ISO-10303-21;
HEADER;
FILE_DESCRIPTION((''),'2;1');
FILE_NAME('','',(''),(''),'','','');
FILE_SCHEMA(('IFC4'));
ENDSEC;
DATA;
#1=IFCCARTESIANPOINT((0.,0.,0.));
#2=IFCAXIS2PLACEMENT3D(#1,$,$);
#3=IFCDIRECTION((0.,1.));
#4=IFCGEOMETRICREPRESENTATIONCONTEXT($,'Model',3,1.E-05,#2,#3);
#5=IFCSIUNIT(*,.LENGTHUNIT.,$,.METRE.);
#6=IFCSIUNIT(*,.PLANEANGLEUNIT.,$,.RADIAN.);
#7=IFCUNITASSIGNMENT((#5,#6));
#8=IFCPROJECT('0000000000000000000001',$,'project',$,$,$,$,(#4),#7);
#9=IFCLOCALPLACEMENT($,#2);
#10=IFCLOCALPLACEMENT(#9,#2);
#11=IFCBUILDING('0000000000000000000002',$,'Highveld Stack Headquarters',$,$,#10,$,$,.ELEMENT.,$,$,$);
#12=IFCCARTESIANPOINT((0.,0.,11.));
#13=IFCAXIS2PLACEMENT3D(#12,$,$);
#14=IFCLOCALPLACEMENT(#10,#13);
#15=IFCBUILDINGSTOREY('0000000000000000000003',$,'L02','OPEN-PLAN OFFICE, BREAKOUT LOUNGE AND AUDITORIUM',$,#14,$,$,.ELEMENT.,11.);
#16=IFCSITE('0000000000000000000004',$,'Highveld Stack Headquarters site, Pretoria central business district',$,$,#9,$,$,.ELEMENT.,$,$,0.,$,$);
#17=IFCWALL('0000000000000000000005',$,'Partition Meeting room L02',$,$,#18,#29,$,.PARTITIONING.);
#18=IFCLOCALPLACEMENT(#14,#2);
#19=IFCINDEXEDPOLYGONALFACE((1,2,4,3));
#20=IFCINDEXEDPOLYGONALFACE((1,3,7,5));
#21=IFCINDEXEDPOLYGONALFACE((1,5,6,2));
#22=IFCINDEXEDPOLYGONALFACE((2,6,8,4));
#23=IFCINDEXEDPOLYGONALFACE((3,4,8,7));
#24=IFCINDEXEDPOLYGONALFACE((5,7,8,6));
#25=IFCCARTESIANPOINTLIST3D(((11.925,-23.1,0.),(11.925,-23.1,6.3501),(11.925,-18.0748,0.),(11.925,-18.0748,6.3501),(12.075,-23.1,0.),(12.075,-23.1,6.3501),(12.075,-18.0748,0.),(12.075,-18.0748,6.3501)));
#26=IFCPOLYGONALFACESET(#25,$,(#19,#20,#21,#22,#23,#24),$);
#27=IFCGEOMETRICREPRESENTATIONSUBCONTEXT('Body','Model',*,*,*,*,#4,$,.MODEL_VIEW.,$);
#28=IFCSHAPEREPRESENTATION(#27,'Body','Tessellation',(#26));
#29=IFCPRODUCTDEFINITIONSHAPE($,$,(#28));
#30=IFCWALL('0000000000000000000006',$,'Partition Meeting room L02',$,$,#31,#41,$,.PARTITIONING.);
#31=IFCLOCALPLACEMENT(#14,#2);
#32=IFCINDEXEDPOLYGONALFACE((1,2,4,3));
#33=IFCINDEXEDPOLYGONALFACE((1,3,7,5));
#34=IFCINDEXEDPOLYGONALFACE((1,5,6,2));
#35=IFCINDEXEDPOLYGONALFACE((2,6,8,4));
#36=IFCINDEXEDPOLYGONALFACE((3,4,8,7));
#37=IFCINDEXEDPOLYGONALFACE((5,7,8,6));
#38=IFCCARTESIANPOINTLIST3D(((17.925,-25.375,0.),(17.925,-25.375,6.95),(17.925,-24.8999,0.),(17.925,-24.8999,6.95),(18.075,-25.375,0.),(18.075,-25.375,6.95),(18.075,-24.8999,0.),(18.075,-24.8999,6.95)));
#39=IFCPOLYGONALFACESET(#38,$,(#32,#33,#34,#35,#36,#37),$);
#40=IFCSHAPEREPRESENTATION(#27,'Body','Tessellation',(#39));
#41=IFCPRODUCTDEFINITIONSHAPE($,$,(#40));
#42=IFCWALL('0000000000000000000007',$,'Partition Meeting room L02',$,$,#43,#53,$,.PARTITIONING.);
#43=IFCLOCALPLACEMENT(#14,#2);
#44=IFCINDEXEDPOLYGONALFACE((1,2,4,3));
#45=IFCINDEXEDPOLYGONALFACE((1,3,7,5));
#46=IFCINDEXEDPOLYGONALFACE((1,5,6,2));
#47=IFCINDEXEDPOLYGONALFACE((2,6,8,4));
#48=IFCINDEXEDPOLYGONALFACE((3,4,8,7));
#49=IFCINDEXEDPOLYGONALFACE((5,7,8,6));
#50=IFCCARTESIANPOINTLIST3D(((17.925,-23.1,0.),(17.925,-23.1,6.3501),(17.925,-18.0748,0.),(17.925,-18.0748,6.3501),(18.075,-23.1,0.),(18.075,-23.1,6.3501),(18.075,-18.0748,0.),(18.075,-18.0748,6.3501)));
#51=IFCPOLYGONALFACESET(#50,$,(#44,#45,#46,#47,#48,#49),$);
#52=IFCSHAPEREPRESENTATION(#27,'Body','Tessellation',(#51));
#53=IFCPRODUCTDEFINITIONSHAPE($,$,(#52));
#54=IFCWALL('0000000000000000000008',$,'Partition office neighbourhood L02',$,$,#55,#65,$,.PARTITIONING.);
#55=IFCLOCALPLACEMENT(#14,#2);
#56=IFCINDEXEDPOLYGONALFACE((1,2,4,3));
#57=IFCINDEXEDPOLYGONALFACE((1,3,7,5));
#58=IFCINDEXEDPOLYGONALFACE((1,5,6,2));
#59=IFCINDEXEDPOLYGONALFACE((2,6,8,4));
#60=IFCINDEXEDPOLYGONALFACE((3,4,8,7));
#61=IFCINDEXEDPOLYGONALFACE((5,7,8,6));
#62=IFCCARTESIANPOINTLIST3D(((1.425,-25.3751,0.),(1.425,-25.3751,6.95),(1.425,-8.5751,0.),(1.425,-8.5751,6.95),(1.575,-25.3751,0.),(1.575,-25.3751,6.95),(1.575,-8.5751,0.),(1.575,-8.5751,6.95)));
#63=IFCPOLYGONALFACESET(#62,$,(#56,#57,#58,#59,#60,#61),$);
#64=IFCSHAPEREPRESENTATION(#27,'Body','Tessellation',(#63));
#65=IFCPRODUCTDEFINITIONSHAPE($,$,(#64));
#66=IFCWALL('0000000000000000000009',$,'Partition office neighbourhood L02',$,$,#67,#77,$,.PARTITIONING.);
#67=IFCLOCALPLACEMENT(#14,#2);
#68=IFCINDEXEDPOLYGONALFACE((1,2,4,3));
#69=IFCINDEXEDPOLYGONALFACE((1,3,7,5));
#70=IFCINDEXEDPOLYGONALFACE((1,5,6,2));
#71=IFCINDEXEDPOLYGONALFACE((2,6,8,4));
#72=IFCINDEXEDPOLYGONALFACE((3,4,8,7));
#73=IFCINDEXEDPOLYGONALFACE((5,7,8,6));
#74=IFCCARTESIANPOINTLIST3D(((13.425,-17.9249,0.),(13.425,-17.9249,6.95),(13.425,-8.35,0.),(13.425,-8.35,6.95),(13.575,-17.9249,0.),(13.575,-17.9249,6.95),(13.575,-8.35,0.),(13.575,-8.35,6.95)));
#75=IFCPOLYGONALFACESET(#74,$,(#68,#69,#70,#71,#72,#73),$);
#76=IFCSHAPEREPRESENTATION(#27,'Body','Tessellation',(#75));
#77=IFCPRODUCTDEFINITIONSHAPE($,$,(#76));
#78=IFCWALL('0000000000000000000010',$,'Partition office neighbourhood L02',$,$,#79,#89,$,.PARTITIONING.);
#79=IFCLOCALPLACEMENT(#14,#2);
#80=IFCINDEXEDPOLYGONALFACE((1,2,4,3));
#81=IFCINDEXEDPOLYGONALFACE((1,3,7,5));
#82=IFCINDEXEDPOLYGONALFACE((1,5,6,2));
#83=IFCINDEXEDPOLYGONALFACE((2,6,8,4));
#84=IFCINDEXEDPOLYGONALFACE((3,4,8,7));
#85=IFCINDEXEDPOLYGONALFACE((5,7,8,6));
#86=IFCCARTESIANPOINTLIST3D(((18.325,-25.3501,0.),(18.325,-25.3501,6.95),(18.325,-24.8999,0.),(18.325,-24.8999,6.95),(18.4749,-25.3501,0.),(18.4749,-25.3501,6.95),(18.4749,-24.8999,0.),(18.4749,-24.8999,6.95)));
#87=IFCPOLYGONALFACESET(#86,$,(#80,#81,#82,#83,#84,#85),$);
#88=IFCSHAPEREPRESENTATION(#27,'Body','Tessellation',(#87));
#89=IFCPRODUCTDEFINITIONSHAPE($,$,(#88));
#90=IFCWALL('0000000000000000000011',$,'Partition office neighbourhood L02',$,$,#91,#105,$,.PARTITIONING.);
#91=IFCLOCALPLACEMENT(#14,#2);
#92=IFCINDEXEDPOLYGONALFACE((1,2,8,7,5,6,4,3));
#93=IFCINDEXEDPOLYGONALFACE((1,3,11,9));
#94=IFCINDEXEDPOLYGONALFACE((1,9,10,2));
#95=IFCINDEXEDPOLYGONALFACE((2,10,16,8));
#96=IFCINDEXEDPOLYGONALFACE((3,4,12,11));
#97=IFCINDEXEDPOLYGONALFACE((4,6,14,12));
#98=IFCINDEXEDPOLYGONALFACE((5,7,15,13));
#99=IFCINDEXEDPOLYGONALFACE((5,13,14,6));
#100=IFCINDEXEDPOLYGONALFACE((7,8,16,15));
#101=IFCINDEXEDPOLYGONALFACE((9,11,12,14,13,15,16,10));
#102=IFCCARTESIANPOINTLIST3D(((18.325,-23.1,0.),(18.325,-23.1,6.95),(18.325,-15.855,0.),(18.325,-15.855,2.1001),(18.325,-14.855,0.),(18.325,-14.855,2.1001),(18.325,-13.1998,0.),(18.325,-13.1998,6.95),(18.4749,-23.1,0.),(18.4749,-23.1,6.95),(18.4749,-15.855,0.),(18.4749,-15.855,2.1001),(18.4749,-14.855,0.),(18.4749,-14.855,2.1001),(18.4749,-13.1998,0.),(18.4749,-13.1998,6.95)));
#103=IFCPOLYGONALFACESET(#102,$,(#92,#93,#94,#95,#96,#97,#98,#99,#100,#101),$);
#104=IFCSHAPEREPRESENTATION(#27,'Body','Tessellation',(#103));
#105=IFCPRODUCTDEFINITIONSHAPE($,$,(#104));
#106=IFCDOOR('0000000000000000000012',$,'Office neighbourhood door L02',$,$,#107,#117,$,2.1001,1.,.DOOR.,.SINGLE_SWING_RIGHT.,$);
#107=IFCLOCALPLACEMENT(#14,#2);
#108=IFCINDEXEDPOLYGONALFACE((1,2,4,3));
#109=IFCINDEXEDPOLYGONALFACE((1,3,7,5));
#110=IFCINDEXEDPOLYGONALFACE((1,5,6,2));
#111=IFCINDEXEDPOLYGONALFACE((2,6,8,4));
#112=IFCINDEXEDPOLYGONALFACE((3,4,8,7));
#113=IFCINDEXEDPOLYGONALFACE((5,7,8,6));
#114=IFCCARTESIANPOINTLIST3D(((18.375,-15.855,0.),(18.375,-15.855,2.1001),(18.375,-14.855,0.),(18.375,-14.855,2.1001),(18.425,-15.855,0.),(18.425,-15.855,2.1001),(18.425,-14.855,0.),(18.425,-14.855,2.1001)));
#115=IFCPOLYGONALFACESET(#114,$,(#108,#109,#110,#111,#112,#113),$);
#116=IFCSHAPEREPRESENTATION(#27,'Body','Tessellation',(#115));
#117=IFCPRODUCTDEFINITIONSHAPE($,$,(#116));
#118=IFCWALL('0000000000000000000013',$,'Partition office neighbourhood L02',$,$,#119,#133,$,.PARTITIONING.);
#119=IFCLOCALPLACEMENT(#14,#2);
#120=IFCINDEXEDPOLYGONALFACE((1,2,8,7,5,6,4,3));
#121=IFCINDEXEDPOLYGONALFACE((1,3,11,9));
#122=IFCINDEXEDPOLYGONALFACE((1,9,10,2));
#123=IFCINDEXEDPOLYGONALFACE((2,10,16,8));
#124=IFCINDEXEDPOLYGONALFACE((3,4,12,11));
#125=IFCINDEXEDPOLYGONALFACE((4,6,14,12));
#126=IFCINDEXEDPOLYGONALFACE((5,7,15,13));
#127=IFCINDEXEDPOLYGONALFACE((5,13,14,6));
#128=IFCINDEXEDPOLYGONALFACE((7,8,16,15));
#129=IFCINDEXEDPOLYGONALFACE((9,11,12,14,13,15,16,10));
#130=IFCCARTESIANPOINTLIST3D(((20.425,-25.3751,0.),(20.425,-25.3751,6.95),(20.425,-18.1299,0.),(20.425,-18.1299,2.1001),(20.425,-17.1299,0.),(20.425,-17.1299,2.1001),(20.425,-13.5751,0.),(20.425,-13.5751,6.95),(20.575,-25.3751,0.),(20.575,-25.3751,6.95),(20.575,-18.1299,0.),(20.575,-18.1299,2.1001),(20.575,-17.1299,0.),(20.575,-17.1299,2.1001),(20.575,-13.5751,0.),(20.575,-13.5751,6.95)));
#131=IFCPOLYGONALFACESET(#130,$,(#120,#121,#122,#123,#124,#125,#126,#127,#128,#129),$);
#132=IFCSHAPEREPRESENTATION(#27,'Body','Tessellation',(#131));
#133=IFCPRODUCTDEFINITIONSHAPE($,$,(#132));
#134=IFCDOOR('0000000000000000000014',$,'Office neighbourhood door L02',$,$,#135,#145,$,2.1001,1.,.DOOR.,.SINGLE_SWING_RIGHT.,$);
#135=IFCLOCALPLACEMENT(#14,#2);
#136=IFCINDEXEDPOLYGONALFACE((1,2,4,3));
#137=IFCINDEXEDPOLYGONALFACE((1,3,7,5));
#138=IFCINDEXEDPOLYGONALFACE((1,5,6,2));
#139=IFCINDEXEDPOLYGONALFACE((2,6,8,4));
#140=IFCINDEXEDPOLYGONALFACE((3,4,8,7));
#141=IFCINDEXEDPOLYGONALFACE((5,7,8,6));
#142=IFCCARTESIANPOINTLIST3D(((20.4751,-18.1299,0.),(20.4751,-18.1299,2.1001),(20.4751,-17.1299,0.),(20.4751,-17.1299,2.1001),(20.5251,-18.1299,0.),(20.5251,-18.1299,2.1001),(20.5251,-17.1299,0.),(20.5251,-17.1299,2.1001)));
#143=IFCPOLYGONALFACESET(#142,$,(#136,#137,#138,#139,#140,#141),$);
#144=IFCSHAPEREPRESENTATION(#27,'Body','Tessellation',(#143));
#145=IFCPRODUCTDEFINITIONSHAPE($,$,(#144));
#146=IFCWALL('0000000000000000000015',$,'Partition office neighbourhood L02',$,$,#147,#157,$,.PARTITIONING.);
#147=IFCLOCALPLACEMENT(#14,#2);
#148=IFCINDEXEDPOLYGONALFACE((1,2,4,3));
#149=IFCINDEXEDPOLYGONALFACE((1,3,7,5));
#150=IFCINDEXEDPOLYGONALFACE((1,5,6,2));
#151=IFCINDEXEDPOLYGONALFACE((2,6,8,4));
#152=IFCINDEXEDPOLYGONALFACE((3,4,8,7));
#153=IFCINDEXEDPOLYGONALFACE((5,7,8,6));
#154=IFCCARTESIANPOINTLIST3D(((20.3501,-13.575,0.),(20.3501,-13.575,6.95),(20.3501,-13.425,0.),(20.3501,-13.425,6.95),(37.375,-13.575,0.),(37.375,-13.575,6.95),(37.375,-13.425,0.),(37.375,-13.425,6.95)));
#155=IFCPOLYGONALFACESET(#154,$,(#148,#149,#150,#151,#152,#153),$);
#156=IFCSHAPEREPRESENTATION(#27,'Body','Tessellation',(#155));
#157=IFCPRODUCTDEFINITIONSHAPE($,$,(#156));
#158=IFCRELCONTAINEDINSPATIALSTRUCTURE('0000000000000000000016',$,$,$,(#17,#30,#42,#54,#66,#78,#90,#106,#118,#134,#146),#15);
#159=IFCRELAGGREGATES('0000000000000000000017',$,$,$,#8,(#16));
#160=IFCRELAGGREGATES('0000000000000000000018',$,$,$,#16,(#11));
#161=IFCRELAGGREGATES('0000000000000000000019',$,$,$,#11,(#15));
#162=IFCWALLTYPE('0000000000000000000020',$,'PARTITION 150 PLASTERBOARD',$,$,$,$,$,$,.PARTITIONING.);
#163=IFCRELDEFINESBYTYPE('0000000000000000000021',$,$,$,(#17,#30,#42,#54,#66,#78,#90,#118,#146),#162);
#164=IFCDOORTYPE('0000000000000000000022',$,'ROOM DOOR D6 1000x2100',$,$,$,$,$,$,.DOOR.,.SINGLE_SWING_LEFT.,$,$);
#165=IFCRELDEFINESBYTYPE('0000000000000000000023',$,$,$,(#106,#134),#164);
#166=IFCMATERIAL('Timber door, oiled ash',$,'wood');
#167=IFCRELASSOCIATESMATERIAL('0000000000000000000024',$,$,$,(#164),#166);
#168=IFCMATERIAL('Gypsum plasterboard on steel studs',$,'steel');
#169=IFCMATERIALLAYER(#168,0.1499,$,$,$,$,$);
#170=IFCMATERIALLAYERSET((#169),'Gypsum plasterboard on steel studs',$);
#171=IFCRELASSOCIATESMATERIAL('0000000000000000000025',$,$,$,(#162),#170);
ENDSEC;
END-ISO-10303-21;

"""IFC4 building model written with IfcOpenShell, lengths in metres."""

from ifc_helpers import new_model, si_unit, direction, frame, frame_2d, origin, place, context, subcontext, project, spatial, rectangle, extrude, material, layer, layer_set, type_object, element, fill, save


model = new_model("IFC4")

# Units and contexts
model_context = context("Model", 3, precision=1e-05, world=origin(), true_north=direction((0.0, 1.0)))
body_context = subcontext(model_context, "Body", "Model", "MODEL_VIEW")
ifc_project = project(units=[si_unit("LENGTHUNIT", "METRE"), si_unit("PLANEANGLEUNIT", "RADIAN")], contexts=[model_context])

# Site, building, storey
site_placement = place(None, origin())
site = spatial("IfcSite", under=ifc_project, at=site_placement, Name="Highveld Stack Headquarters site, Pretoria central business district", CompositionType="ELEMENT", RefElevation=0.0)
building_placement = place(site_placement, origin())
building = spatial("IfcBuilding", under=site, at=building_placement, Name="Highveld Stack Headquarters", CompositionType="ELEMENT")
storey_placement = place(building_placement, frame((0.0, 0.0, 11.0)))
storey = spatial("IfcBuildingStorey", under=building, at=storey_placement, Name="L02", Description="OPEN-PLAN OFFICE, BREAKOUT LOUNGE AND AUDITORIUM", CompositionType="ELEMENT", Elevation=11.0)

# Shared definitions
ifc_material_1 = material(Name="Timber door, oiled ash", Category="wood")
door_type = type_object("IfcDoorType", Name="ROOM DOOR D6 1000x2100", OperationType="SINGLE_SWING_LEFT", PredefinedType="DOOR", material=ifc_material_1)

# Walls
ifc_material_2 = material(Name="Gypsum plasterboard on steel studs", Category="steel")
ifc_layer_1 = layer(ifc_material_2, 0.1499)
ifc_layer_set_1 = layer_set([ifc_layer_1], Name="Gypsum plasterboard on steel studs")
wall_type_1 = type_object("IfcWallType", Name="PARTITION 150 PLASTERBOARD", PredefinedType="PARTITIONING", material=ifc_layer_set_1)
wall_1_placement = place(storey_placement, frame((12.0, -23.1001, 0.0), z_axis=(0.0, 0.0, 1.0), x_axis=(0.0, 1.0, 0.0)))
element("IfcWall", 1, at=wall_1_placement, inside=storey, type_object=wall_type_1, Name="Partition Meeting room L02", PredefinedType="PARTITIONING", context=body_context, shape_type="SweptSolid", body=[
    extrude(rectangle(XDim=5.0251, YDim=0.1499, at=frame_2d((2.5127, 0.0))), origin(), (0.0, 0.0, 1.0), 6.3501),
])
wall_2_placement = place(storey_placement, frame((18.0, -25.375, 0.0), z_axis=(0.0, 0.0, 1.0), x_axis=(0.0, 1.0, 0.0)))
element("IfcWall", 2, at=wall_2_placement, inside=storey, type_object=wall_type_1, Name="Partition Meeting room L02", PredefinedType="PARTITIONING", context=body_context, shape_type="SweptSolid", body=[
    extrude(rectangle(XDim=0.4751, YDim=0.1499, at=frame_2d((0.2375, 0.0))), origin(), (0.0, 0.0, 1.0), 6.95),
])
wall_3_placement = place(storey_placement, frame((18.0, -23.1001, 0.0), z_axis=(0.0, 0.0, 1.0), x_axis=(0.0, 1.0, 0.0)))
element("IfcWall", 3, at=wall_3_placement, inside=storey, type_object=wall_type_1, Name="Partition Meeting room L02", PredefinedType="PARTITIONING", context=body_context, shape_type="SweptSolid", body=[
    extrude(rectangle(XDim=5.0251, YDim=0.1499, at=frame_2d((2.5127, 0.0))), origin(), (0.0, 0.0, 1.0), 6.3501),
])
wall_4_placement = place(storey_placement, frame((1.5, -25.375, 0.0), z_axis=(0.0, 0.0, 1.0), x_axis=(0.0, 1.0, 0.0)))
element("IfcWall", 4, at=wall_4_placement, inside=storey, type_object=wall_type_1, Name="Partition office neighbourhood L02", PredefinedType="PARTITIONING", context=body_context, shape_type="SweptSolid", body=[
    extrude(rectangle(XDim=16.8, YDim=0.1499, at=frame_2d((8.3999, 0.0))), origin(), (0.0, 0.0, 1.0), 6.95),
])
wall_5_placement = place(storey_placement, frame((13.5, -17.925, 0.0), z_axis=(0.0, 0.0, 1.0), x_axis=(0.0, 1.0, 0.0)))
element("IfcWall", 5, at=wall_5_placement, inside=storey, type_object=wall_type_1, Name="Partition office neighbourhood L02", PredefinedType="PARTITIONING", context=body_context, shape_type="SweptSolid", body=[
    extrude(rectangle(XDim=9.575, YDim=0.1499, at=frame_2d((4.7876, 0.0))), origin(), (0.0, 0.0, 1.0), 6.95),
])
wall_6_placement = place(storey_placement, frame((18.3999, -25.3501, 0.0), z_axis=(0.0, 0.0, 1.0), x_axis=(0.0, 1.0, 0.0)))
element("IfcWall", 6, at=wall_6_placement, inside=storey, type_object=wall_type_1, Name="Partition office neighbourhood L02", PredefinedType="PARTITIONING", context=body_context, shape_type="SweptSolid", body=[
    extrude(rectangle(XDim=0.4502, YDim=0.1499, at=frame_2d((0.2251, 0.0))), origin(), (0.0, 0.0, 1.0), 6.95),
])

# Walls, openings, doors
wall_7_placement = place(storey_placement, frame((18.3999, -23.1001, 0.0), z_axis=(0.0, 0.0, 1.0), x_axis=(0.0, 1.0, 0.0)))
wall_7 = element("IfcWall", 7, at=wall_7_placement, inside=storey, type_object=wall_type_1, Name="Partition office neighbourhood L02", PredefinedType="PARTITIONING", context=body_context, shape_type="SweptSolid", body=[
    extrude(rectangle(XDim=9.9001, YDim=0.1499, at=frame_2d((4.9502, 0.0))), origin(), (0.0, 0.0, 1.0), 6.95),
])
opening_1_placement = place(wall_7_placement, frame((7.2451, 0.0, 0.0)))
opening_1 = element("IfcOpeningElement", 8, at=opening_1_placement, cuts=wall_7, PredefinedType="OPENING", context=body_context, shape_type="SweptSolid", body=[
    extrude(rectangle(XDim=1.0, YDim=2.1001, at=frame_2d((0.5, 1.05))), frame((0.0, 0.085, 0.0), z_axis=(0.0, -1.0, 0.0), x_axis=(1.0, 0.0, 0.0)), (0.0, 0.0, 1.0), 0.1699),
])
door_1_placement = place(opening_1_placement, origin())
door_1 = element("IfcDoor", 9, at=door_1_placement, inside=storey, type_object=door_type, Name="Office neighbourhood door L02", OperationType="SINGLE_SWING_RIGHT", OverallHeight=2.1001, OverallWidth=1.0, PredefinedType="DOOR", context=body_context, shape_type="SweptSolid", body=[
    extrude(rectangle(XDim=1.0, YDim=2.1001, at=frame_2d((0.5, 1.05))), frame((0.0, 0.0249, 0.0), z_axis=(0.0, -1.0, 0.0), x_axis=(1.0, 0.0, 0.0)), (0.0, 0.0, 1.0), 0.05),
])
fill(opening_1, door_1)
wall_8_placement = place(storey_placement, frame((20.5, -25.375, 0.0), z_axis=(0.0, 0.0, 1.0), x_axis=(0.0, 1.0, 0.0)))
wall_8 = element("IfcWall", 10, at=wall_8_placement, inside=storey, type_object=wall_type_1, Name="Partition office neighbourhood L02", PredefinedType="PARTITIONING", context=body_context, shape_type="SweptSolid", body=[
    extrude(rectangle(XDim=11.8, YDim=0.1499, at=frame_2d((5.8999, 0.0))), origin(), (0.0, 0.0, 1.0), 6.95),
])
opening_2_placement = place(wall_8_placement, frame((7.2451, 0.0, 0.0)))
opening_2 = element("IfcOpeningElement", 11, at=opening_2_placement, cuts=wall_8, PredefinedType="OPENING", context=body_context, shape_type="SweptSolid", body=[
    extrude(rectangle(XDim=1.0, YDim=2.1001, at=frame_2d((0.5, 1.05))), frame((0.0, 0.085, 0.0), z_axis=(0.0, -1.0, 0.0), x_axis=(1.0, 0.0, 0.0)), (0.0, 0.0, 1.0), 0.1699),
])
door_2_placement = place(opening_2_placement, origin())
door_2 = element("IfcDoor", 12, at=door_2_placement, inside=storey, type_object=door_type, Name="Office neighbourhood door L02", OperationType="SINGLE_SWING_RIGHT", OverallHeight=2.1001, OverallWidth=1.0, PredefinedType="DOOR", context=body_context, shape_type="SweptSolid", body=[
    extrude(rectangle(XDim=1.0, YDim=2.1001, at=frame_2d((0.5, 1.05))), frame((0.0, 0.0249, 0.0), z_axis=(0.0, -1.0, 0.0), x_axis=(1.0, 0.0, 0.0)), (0.0, 0.0, 1.0), 0.05),
])
fill(opening_2, door_2)

# Wall
wall_9_placement = place(storey_placement, frame((20.3501, -13.5, 0.0), z_axis=(0.0, 0.0, 1.0), x_axis=(1.0, 0.0, 0.0)))
element("IfcWall", 13, at=wall_9_placement, inside=storey, type_object=wall_type_1, Name="Partition office neighbourhood L02", PredefinedType="PARTITIONING", context=body_context, shape_type="SweptSolid", body=[
    extrude(rectangle(XDim=17.0249, YDim=0.1499, at=frame_2d((8.5125, 0.0))), origin(), (0.0, 0.0, 1.0), 6.95),
])

save(model, "model.ifc")
